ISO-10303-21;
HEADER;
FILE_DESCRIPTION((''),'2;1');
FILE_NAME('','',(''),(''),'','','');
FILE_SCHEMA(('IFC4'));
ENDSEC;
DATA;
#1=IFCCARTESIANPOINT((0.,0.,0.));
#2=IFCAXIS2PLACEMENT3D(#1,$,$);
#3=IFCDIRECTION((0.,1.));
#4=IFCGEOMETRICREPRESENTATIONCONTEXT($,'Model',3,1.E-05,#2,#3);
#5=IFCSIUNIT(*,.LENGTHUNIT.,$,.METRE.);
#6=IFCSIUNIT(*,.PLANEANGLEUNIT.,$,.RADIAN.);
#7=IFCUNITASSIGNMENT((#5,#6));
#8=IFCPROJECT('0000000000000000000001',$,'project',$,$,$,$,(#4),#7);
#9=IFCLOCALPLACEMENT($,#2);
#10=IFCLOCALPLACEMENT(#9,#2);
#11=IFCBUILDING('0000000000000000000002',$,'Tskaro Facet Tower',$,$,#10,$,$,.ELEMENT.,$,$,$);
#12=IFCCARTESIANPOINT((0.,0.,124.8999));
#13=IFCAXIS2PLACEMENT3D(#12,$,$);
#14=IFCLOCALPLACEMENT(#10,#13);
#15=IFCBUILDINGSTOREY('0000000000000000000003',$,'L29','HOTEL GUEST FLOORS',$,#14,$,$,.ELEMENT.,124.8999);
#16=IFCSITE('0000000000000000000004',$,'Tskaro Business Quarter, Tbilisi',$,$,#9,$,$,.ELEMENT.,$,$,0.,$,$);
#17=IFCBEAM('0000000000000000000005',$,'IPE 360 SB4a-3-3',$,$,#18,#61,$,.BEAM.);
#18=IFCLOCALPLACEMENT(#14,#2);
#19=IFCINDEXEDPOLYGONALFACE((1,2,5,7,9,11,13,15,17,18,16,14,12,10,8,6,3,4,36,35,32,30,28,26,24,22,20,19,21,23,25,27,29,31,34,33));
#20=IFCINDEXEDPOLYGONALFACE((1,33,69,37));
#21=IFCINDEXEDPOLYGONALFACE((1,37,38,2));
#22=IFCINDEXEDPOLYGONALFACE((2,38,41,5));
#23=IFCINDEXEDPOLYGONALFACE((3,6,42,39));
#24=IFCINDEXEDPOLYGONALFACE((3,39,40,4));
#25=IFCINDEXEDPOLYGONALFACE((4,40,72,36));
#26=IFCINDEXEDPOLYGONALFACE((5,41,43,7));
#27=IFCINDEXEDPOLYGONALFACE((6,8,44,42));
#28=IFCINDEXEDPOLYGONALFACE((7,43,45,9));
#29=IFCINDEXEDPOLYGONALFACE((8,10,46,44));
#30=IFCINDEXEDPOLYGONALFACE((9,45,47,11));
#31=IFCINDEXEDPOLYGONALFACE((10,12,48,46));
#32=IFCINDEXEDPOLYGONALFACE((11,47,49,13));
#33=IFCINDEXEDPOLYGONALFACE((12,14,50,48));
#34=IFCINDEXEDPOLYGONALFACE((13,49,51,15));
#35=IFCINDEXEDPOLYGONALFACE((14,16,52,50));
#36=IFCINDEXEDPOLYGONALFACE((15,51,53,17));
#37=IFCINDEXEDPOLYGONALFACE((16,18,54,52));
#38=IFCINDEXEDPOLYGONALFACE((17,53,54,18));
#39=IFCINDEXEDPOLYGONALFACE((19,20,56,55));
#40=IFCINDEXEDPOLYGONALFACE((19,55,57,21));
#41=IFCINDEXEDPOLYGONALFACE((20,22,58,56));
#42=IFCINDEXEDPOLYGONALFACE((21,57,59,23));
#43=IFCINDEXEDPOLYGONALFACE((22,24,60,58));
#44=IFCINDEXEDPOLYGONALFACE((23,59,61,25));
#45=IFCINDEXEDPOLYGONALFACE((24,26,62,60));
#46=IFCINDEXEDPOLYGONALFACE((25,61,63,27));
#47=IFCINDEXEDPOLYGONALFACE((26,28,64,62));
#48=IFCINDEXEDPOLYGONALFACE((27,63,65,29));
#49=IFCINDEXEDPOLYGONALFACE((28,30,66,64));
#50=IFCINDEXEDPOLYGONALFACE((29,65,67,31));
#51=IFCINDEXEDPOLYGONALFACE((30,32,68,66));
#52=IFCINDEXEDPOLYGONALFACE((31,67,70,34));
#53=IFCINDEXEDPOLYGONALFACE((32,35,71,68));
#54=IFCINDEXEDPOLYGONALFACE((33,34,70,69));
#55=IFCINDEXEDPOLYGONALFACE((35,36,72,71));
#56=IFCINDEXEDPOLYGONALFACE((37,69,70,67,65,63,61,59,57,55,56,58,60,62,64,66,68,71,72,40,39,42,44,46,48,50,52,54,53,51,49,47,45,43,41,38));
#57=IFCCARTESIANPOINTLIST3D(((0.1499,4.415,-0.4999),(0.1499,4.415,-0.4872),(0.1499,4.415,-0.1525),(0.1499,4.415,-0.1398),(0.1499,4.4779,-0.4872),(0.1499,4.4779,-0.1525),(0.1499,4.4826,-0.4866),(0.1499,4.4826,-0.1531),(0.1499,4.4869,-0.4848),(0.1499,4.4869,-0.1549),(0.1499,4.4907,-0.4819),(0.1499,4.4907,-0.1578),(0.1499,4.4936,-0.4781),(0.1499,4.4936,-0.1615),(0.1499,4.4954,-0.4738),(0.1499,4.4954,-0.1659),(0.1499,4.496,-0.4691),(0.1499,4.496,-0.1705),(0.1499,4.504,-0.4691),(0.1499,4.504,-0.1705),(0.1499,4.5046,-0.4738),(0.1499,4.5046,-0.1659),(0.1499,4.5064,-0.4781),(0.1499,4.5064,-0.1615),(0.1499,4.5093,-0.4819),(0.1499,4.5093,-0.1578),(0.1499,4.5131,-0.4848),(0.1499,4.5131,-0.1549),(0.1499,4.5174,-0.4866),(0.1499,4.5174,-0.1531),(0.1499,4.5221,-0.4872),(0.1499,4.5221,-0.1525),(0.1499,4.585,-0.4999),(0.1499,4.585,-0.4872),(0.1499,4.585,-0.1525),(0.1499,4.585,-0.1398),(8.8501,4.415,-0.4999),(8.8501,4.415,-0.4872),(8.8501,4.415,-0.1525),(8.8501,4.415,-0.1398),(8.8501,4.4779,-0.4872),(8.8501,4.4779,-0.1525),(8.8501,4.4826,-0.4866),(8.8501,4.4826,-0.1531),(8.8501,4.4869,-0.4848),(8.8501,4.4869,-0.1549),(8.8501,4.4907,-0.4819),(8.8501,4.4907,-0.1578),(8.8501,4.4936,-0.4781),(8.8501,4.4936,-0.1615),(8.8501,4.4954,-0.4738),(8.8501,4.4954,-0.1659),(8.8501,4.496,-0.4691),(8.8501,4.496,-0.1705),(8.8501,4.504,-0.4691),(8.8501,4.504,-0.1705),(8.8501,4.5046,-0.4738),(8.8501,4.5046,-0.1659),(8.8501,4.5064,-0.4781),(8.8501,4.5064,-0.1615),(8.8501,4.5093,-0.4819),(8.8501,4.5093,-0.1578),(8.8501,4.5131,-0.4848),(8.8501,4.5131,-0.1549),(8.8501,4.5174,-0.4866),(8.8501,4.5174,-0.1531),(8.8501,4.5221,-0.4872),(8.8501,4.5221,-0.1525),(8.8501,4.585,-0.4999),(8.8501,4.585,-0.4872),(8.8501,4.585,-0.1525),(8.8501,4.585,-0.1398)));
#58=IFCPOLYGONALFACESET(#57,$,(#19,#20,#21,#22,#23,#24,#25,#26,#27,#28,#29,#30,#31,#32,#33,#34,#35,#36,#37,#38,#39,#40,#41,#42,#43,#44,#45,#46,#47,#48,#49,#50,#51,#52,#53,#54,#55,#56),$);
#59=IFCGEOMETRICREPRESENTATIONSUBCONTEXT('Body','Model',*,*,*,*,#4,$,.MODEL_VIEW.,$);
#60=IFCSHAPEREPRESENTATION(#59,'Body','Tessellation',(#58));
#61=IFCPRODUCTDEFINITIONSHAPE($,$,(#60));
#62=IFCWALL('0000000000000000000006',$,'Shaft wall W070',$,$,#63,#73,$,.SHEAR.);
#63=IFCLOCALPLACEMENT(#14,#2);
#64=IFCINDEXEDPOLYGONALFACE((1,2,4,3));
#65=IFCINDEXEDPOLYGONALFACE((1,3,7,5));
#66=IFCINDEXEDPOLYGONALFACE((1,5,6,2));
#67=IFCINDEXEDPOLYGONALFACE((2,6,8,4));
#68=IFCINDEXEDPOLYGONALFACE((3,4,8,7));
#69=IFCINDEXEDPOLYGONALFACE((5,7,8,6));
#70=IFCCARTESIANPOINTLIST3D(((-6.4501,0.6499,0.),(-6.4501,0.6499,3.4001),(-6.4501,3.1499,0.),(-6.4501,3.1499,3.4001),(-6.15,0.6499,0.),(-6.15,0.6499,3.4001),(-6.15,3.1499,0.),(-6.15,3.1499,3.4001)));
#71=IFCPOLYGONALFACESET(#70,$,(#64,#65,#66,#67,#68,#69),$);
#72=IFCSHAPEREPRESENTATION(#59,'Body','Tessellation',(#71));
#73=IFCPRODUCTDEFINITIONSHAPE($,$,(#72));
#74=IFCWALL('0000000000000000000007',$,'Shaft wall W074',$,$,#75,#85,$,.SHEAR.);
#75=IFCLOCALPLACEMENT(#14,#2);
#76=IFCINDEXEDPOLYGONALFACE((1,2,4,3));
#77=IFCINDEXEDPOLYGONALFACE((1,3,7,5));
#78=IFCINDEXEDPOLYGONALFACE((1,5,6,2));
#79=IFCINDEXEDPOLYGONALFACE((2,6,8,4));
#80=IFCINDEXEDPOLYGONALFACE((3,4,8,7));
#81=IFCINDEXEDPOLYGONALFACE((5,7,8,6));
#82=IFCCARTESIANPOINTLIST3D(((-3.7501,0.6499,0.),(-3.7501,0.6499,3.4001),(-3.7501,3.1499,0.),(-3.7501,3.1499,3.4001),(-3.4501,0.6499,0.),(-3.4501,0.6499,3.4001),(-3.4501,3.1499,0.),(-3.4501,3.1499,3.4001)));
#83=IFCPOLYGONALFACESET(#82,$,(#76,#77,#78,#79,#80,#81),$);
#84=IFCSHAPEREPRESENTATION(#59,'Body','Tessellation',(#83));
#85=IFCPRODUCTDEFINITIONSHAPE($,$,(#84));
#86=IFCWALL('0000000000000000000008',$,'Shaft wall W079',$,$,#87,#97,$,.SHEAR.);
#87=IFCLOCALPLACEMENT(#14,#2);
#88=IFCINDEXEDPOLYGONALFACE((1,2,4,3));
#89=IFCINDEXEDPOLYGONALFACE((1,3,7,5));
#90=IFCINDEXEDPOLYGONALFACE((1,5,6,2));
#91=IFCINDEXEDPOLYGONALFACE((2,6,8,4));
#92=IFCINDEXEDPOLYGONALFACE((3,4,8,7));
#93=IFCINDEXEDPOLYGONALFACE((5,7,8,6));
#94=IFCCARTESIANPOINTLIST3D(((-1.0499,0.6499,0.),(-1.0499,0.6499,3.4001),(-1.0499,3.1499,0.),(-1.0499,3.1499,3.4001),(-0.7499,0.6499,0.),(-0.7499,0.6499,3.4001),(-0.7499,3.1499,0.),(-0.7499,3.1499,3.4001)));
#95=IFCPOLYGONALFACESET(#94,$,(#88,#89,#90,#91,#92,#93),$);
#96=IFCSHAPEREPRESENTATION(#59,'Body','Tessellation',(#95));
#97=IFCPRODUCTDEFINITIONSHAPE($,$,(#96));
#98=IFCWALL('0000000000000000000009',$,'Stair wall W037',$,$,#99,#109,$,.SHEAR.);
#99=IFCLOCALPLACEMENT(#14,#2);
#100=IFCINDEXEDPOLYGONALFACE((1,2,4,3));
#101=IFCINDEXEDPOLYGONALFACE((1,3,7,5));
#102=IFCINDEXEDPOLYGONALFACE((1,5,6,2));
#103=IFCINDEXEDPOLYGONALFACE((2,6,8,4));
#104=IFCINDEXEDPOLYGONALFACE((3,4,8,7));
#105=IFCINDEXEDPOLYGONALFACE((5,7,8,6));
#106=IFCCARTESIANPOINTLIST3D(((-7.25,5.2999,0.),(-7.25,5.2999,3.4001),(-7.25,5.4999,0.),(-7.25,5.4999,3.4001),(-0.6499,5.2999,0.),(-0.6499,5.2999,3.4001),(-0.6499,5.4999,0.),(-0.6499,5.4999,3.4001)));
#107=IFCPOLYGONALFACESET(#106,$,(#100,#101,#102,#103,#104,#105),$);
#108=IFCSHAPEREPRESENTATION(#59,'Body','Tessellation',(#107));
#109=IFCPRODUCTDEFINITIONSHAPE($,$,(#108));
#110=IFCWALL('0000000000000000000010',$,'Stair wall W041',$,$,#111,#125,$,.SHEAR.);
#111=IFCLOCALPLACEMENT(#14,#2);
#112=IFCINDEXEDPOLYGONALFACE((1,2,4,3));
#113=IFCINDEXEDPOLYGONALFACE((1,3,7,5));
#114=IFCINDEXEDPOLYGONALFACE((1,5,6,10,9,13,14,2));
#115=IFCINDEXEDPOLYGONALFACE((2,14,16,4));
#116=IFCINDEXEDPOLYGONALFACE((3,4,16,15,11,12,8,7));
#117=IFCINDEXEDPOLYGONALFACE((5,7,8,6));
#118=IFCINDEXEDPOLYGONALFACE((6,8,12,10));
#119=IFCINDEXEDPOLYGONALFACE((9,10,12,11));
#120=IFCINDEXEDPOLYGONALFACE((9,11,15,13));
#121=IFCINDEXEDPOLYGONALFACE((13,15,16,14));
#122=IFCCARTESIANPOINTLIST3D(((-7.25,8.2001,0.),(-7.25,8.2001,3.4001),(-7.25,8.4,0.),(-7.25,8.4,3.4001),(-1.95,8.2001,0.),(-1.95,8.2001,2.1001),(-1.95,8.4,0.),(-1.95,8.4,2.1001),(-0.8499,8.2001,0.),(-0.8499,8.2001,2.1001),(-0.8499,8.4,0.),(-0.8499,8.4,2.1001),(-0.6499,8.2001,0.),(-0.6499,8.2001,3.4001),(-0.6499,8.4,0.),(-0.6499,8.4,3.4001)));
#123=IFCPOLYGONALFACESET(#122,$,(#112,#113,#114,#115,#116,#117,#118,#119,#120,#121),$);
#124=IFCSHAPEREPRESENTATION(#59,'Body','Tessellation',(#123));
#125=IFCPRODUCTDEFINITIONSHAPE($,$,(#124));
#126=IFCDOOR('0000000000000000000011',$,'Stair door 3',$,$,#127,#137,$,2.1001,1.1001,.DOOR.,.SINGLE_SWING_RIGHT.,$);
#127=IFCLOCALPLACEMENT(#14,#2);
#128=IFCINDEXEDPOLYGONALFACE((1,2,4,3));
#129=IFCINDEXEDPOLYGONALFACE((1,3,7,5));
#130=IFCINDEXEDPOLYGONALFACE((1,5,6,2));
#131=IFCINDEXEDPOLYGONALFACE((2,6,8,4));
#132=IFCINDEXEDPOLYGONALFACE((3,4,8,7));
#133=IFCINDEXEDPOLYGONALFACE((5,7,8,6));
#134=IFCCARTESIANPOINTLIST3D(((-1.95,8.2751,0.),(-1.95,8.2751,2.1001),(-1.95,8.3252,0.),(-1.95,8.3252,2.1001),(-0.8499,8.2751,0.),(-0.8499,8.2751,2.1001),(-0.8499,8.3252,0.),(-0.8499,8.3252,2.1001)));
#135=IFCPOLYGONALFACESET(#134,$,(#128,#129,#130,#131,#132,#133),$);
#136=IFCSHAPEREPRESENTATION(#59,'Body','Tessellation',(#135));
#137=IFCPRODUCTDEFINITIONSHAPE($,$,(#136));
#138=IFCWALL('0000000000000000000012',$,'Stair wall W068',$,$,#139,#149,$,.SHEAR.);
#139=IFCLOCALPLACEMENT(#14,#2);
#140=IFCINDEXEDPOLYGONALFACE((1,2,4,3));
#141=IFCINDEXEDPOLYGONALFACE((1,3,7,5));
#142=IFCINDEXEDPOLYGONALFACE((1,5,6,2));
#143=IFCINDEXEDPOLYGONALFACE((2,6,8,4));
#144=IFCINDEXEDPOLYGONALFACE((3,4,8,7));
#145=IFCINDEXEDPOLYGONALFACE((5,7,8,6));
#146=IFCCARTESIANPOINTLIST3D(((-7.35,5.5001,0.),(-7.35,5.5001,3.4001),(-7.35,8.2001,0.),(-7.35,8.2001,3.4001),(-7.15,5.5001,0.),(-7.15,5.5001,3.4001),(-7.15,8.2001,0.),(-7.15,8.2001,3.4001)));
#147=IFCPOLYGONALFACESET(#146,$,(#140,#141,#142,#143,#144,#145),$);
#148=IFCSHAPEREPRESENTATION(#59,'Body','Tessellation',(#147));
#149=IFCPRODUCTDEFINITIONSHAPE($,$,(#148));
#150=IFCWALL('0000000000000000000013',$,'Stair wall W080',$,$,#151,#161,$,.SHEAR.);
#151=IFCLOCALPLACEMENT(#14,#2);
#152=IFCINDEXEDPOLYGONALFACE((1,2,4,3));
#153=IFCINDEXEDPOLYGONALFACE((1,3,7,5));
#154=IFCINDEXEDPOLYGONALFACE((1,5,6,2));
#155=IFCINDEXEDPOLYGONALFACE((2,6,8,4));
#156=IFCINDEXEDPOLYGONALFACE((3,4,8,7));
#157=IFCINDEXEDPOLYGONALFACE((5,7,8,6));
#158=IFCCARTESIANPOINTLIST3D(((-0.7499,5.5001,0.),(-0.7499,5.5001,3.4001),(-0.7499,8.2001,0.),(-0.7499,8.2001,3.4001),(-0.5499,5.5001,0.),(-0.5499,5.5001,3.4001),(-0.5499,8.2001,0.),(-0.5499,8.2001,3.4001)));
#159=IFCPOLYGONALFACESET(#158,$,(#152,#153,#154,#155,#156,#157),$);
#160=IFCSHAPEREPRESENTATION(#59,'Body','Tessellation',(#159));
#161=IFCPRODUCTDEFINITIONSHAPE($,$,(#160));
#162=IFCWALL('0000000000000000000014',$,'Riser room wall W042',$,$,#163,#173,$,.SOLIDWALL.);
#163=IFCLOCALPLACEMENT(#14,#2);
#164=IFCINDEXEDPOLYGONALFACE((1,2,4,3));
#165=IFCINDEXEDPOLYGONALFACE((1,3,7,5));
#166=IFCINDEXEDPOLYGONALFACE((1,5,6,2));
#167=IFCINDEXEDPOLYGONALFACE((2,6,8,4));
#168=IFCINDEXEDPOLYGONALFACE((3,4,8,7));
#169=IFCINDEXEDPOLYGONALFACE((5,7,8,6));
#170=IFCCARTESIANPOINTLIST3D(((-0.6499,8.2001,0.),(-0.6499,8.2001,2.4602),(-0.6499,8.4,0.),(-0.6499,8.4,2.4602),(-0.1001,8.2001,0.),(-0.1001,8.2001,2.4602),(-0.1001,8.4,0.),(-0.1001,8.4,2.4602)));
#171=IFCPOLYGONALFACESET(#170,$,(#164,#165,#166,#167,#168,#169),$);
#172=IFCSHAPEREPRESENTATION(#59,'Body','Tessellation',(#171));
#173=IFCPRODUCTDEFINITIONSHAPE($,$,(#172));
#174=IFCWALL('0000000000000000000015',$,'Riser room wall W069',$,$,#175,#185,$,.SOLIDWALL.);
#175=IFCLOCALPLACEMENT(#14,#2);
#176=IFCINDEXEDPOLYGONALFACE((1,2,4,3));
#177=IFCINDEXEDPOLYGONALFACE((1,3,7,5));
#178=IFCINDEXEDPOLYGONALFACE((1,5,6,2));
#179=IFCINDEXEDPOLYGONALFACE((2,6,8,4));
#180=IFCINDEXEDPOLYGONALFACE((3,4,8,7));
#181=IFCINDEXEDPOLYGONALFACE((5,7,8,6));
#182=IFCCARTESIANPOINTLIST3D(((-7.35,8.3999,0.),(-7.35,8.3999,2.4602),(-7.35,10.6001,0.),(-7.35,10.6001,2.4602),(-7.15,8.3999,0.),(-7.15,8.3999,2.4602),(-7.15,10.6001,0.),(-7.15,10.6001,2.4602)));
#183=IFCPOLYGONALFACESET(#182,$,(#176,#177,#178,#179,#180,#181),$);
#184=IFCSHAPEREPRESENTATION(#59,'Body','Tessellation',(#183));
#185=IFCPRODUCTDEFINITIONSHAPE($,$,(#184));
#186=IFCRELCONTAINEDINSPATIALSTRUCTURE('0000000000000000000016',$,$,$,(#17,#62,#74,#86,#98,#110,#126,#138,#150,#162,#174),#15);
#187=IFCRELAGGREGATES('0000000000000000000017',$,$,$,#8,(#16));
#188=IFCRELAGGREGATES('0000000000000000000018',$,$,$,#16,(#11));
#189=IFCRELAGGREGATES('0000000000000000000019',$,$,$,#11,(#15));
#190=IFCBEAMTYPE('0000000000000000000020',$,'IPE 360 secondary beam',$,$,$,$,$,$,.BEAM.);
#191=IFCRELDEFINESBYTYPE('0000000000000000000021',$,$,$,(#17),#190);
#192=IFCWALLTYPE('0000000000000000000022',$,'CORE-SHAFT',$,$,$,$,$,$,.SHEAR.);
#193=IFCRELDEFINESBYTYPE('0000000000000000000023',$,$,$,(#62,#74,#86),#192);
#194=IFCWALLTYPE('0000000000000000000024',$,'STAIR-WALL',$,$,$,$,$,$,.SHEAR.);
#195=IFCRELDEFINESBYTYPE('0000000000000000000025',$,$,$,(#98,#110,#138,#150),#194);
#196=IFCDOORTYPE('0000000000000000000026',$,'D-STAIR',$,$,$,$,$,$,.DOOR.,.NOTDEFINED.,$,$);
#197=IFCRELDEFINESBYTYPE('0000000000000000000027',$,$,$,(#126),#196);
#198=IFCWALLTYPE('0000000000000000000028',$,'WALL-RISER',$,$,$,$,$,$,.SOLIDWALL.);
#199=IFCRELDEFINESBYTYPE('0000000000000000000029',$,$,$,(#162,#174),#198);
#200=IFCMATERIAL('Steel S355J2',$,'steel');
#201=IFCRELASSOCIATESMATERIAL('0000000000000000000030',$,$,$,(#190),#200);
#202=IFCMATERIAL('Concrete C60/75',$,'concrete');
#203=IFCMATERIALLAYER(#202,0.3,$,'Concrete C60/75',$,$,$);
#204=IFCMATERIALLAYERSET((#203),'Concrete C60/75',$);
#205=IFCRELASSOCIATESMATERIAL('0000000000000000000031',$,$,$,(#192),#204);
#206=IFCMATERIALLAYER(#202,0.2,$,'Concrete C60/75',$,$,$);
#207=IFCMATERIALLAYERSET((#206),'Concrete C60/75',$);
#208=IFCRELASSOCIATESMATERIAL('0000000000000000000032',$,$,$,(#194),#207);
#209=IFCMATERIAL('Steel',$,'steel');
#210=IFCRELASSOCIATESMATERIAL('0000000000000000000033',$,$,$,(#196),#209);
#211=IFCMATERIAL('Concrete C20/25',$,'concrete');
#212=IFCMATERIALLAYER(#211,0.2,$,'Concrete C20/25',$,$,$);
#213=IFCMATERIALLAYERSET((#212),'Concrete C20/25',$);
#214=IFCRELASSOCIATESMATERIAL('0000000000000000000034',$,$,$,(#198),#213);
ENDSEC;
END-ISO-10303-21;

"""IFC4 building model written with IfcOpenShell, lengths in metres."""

from ifc_helpers import new_model, si_unit, direction, frame, frame_2d, origin, origin_2d, place, context, subcontext, project, spatial, rectangle, i_section, extrude, material, layer, layer_set, material_profile, profile_set, type_object, element, fill, save


model = new_model("IFC4")

# Units and contexts
model_context = context("Model", 3, precision=1e-05, world=origin(), true_north=direction((0.0, 1.0)))
body_context = subcontext(model_context, "Body", "Model", "MODEL_VIEW")
ifc_project = project(units=[si_unit("LENGTHUNIT", "METRE"), si_unit("PLANEANGLEUNIT", "RADIAN")], contexts=[model_context])

# Site, building, storey
site_placement = place(None, origin())
site = spatial("IfcSite", under=ifc_project, at=site_placement, Name="Tskaro Business Quarter, Tbilisi", CompositionType="ELEMENT", RefElevation=0.0)
building_placement = place(site_placement, origin())
building = spatial("IfcBuilding", under=site, at=building_placement, Name="Tskaro Facet Tower", CompositionType="ELEMENT")
storey_placement = place(building_placement, frame((0.0, 0.0, 124.8999)))
storey = spatial("IfcBuildingStorey", under=building, at=storey_placement, Name="L29", Description="HOTEL GUEST FLOORS", CompositionType="ELEMENT", Elevation=124.8999)

# Beam
ifc_material_1 = material(Name="Steel S355J2", Category="steel")
ifc_material_profile_1 = material_profile(ifc_material_1, i_section(OverallWidth=0.1699, OverallDepth=0.3601, WebThickness=0.0081, FlangeThickness=0.0127, FilletRadius=0.0181, at=origin_2d()), Name="IPE 360")
ifc_profile_set_1 = profile_set([ifc_material_profile_1], Name="Steel S355J2")
beam_type_1 = type_object("IfcBeamType", Name="IPE 360 secondary beam", PredefinedType="BEAM", material=ifc_profile_set_1)
beam_1_placement = place(storey_placement, frame((0.1499, 4.5, -0.3198), z_axis=(1.0, 0.0, 0.0), x_axis=(0.0, 1.0, 0.0)))
element("IfcBeam", 1, at=beam_1_placement, inside=storey, type_object=beam_type_1, Name="IPE 360 SB4a-3-3", PredefinedType="BEAM", context=body_context, shape_type="SweptSolid", body=[
    extrude(i_section(OverallWidth=0.1699, OverallDepth=0.3601, WebThickness=0.0081, FlangeThickness=0.0127, FilletRadius=0.0181, at=origin_2d()), origin(), (0.0, 0.0, 1.0), 8.7002),
])

# Walls
ifc_material_2 = material(Name="Concrete C60/75", Category="concrete")
ifc_layer_1 = layer(ifc_material_2, 0.3, Name="Concrete C60/75")
ifc_layer_set_1 = layer_set([ifc_layer_1], Name="Concrete C60/75")
wall_type_1 = type_object("IfcWallType", Name="CORE-SHAFT", PredefinedType="SHEAR", material=ifc_layer_set_1)
for number, where, z_axis, x_axis, name in (
    (2, (-6.3, 0.6499, 0.0), (0.0, 0.0, 1.0), (0.0, 1.0, 0.0), "Shaft wall W070"),
    (3, (-3.6001, 0.6499, 0.0), (0.0, 0.0, 1.0), (0.0, 1.0, 0.0), "Shaft wall W074"),
    (4, (-0.8999, 0.6499, 0.0), (0.0, 0.0, 1.0), (0.0, 1.0, 0.0), "Shaft wall W079"),
):
    element("IfcWall", number, at=place(storey_placement, frame(where, z_axis=z_axis, x_axis=x_axis)), inside=storey, type_object=wall_type_1, Name=name, PredefinedType="SHEAR", context=body_context, shape_type="SweptSolid", body=[
        extrude(rectangle(XDim=2.5, YDim=0.3, at=frame_2d((1.25, 0.0))), origin(), (0.0, 0.0, 1.0), 3.4001),
    ])
ifc_layer_2 = layer(ifc_material_2, 0.2, Name="Concrete C60/75")
ifc_layer_set_2 = layer_set([ifc_layer_2], Name="Concrete C60/75")
wall_type_2 = type_object("IfcWallType", Name="STAIR-WALL", PredefinedType="SHEAR", material=ifc_layer_set_2)
wall_1_placement = place(storey_placement, frame((-7.25, 5.3999, 0.0), z_axis=(0.0, 0.0, 1.0), x_axis=(1.0, 0.0, 0.0)))
element("IfcWall", 5, at=wall_1_placement, inside=storey, type_object=wall_type_2, Name="Stair wall W037", PredefinedType="SHEAR", context=body_context, shape_type="SweptSolid", body=[
    extrude(rectangle(XDim=6.6001, YDim=0.2, at=frame_2d((3.3, 0.0))), origin(), (0.0, 0.0, 1.0), 3.4001),
])

# Wall, opening, door
wall_2_placement = place(storey_placement, frame((-0.6499, 8.3, 0.0), z_axis=(0.0, 0.0, 1.0), x_axis=(-1.0, 0.0, 0.0)))
wall_2 = element("IfcWall", 6, at=wall_2_placement, inside=storey, type_object=wall_type_2, Name="Stair wall W041", PredefinedType="SHEAR", context=body_context, shape_type="SweptSolid", body=[
    extrude(rectangle(XDim=6.6001, YDim=0.2, at=frame_2d((3.3, 0.0))), origin(), (0.0, 0.0, 1.0), 3.4001),
])
opening_placement = place(wall_2_placement, frame((0.2, 0.0, 0.0)))
opening = element("IfcOpeningElement", 7, at=opening_placement, cuts=wall_2, PredefinedType="OPENING", context=body_context, shape_type="SweptSolid", body=[
    extrude(rectangle(XDim=1.1001, YDim=2.1001, at=frame_2d((0.55, 1.05))), frame((0.0, 0.1099, 0.0), z_axis=(0.0, -1.0, 0.0), x_axis=(1.0, 0.0, 0.0)), (0.0, 0.0, 1.0), 0.22),
])
ifc_material_3 = material(Name="Steel", Category="steel")
door_type = type_object("IfcDoorType", Name="D-STAIR", OperationType="NOTDEFINED", PredefinedType="DOOR", material=ifc_material_3)
door_placement = place(opening_placement, origin())
door = element("IfcDoor", 8, at=door_placement, inside=storey, type_object=door_type, Name="Stair door 3", OperationType="SINGLE_SWING_RIGHT", OverallHeight=2.1001, OverallWidth=1.1001, PredefinedType="DOOR", context=body_context, shape_type="SweptSolid", body=[
    extrude(rectangle(XDim=1.1001, YDim=2.1001, at=frame_2d((0.55, 1.05))), frame((0.0, 0.0249, 0.0), z_axis=(0.0, -1.0, 0.0), x_axis=(1.0, 0.0, 0.0)), (0.0, 0.0, 1.0), 0.05),
])
fill(opening, door)

# Walls
for number, where, z_axis, x_axis, name in (
    (9, (-7.25, 5.5, 0.0), (0.0, 0.0, 1.0), (0.0, 1.0, 0.0), "Stair wall W068"),
    (10, (-0.6499, 5.5, 0.0), (0.0, 0.0, 1.0), (0.0, 1.0, 0.0), "Stair wall W080"),
):
    element("IfcWall", number, at=place(storey_placement, frame(where, z_axis=z_axis, x_axis=x_axis)), inside=storey, type_object=wall_type_2, Name=name, PredefinedType="SHEAR", context=body_context, shape_type="SweptSolid", body=[
        extrude(rectangle(XDim=2.7, YDim=0.2, at=frame_2d((1.3501, 0.0))), origin(), (0.0, 0.0, 1.0), 3.4001),
    ])
ifc_material_4 = material(Name="Concrete C20/25", Category="concrete")
ifc_layer_3 = layer(ifc_material_4, 0.2, Name="Concrete C20/25")
ifc_layer_set_3 = layer_set([ifc_layer_3], Name="Concrete C20/25")
wall_type_3 = type_object("IfcWallType", Name="WALL-RISER", PredefinedType="SOLIDWALL", material=ifc_layer_set_3)
wall_3_placement = place(storey_placement, frame((-0.6499, 8.3, 0.0), z_axis=(0.0, 0.0, 1.0), x_axis=(1.0, 0.0, 0.0)))
element("IfcWall", 11, at=wall_3_placement, inside=storey, type_object=wall_type_3, Name="Riser room wall W042", PredefinedType="SOLIDWALL", context=body_context, shape_type="SweptSolid", body=[
    extrude(rectangle(XDim=0.5498, YDim=0.2, at=frame_2d((0.2749, 0.0))), origin(), (0.0, 0.0, 1.0), 2.4602),
])
wall_4_placement = place(storey_placement, frame((-7.25, 8.3999, 0.0), z_axis=(0.0, 0.0, 1.0), x_axis=(0.0, 1.0, 0.0)))
element("IfcWall", 12, at=wall_4_placement, inside=storey, type_object=wall_type_3, Name="Riser room wall W069", PredefinedType="SOLIDWALL", context=body_context, shape_type="SweptSolid", body=[
    extrude(rectangle(XDim=2.2002, YDim=0.2, at=frame_2d((1.1001, 0.0))), origin(), (0.0, 0.0, 1.0), 2.4602),
])

save(model, "model.ifc")
